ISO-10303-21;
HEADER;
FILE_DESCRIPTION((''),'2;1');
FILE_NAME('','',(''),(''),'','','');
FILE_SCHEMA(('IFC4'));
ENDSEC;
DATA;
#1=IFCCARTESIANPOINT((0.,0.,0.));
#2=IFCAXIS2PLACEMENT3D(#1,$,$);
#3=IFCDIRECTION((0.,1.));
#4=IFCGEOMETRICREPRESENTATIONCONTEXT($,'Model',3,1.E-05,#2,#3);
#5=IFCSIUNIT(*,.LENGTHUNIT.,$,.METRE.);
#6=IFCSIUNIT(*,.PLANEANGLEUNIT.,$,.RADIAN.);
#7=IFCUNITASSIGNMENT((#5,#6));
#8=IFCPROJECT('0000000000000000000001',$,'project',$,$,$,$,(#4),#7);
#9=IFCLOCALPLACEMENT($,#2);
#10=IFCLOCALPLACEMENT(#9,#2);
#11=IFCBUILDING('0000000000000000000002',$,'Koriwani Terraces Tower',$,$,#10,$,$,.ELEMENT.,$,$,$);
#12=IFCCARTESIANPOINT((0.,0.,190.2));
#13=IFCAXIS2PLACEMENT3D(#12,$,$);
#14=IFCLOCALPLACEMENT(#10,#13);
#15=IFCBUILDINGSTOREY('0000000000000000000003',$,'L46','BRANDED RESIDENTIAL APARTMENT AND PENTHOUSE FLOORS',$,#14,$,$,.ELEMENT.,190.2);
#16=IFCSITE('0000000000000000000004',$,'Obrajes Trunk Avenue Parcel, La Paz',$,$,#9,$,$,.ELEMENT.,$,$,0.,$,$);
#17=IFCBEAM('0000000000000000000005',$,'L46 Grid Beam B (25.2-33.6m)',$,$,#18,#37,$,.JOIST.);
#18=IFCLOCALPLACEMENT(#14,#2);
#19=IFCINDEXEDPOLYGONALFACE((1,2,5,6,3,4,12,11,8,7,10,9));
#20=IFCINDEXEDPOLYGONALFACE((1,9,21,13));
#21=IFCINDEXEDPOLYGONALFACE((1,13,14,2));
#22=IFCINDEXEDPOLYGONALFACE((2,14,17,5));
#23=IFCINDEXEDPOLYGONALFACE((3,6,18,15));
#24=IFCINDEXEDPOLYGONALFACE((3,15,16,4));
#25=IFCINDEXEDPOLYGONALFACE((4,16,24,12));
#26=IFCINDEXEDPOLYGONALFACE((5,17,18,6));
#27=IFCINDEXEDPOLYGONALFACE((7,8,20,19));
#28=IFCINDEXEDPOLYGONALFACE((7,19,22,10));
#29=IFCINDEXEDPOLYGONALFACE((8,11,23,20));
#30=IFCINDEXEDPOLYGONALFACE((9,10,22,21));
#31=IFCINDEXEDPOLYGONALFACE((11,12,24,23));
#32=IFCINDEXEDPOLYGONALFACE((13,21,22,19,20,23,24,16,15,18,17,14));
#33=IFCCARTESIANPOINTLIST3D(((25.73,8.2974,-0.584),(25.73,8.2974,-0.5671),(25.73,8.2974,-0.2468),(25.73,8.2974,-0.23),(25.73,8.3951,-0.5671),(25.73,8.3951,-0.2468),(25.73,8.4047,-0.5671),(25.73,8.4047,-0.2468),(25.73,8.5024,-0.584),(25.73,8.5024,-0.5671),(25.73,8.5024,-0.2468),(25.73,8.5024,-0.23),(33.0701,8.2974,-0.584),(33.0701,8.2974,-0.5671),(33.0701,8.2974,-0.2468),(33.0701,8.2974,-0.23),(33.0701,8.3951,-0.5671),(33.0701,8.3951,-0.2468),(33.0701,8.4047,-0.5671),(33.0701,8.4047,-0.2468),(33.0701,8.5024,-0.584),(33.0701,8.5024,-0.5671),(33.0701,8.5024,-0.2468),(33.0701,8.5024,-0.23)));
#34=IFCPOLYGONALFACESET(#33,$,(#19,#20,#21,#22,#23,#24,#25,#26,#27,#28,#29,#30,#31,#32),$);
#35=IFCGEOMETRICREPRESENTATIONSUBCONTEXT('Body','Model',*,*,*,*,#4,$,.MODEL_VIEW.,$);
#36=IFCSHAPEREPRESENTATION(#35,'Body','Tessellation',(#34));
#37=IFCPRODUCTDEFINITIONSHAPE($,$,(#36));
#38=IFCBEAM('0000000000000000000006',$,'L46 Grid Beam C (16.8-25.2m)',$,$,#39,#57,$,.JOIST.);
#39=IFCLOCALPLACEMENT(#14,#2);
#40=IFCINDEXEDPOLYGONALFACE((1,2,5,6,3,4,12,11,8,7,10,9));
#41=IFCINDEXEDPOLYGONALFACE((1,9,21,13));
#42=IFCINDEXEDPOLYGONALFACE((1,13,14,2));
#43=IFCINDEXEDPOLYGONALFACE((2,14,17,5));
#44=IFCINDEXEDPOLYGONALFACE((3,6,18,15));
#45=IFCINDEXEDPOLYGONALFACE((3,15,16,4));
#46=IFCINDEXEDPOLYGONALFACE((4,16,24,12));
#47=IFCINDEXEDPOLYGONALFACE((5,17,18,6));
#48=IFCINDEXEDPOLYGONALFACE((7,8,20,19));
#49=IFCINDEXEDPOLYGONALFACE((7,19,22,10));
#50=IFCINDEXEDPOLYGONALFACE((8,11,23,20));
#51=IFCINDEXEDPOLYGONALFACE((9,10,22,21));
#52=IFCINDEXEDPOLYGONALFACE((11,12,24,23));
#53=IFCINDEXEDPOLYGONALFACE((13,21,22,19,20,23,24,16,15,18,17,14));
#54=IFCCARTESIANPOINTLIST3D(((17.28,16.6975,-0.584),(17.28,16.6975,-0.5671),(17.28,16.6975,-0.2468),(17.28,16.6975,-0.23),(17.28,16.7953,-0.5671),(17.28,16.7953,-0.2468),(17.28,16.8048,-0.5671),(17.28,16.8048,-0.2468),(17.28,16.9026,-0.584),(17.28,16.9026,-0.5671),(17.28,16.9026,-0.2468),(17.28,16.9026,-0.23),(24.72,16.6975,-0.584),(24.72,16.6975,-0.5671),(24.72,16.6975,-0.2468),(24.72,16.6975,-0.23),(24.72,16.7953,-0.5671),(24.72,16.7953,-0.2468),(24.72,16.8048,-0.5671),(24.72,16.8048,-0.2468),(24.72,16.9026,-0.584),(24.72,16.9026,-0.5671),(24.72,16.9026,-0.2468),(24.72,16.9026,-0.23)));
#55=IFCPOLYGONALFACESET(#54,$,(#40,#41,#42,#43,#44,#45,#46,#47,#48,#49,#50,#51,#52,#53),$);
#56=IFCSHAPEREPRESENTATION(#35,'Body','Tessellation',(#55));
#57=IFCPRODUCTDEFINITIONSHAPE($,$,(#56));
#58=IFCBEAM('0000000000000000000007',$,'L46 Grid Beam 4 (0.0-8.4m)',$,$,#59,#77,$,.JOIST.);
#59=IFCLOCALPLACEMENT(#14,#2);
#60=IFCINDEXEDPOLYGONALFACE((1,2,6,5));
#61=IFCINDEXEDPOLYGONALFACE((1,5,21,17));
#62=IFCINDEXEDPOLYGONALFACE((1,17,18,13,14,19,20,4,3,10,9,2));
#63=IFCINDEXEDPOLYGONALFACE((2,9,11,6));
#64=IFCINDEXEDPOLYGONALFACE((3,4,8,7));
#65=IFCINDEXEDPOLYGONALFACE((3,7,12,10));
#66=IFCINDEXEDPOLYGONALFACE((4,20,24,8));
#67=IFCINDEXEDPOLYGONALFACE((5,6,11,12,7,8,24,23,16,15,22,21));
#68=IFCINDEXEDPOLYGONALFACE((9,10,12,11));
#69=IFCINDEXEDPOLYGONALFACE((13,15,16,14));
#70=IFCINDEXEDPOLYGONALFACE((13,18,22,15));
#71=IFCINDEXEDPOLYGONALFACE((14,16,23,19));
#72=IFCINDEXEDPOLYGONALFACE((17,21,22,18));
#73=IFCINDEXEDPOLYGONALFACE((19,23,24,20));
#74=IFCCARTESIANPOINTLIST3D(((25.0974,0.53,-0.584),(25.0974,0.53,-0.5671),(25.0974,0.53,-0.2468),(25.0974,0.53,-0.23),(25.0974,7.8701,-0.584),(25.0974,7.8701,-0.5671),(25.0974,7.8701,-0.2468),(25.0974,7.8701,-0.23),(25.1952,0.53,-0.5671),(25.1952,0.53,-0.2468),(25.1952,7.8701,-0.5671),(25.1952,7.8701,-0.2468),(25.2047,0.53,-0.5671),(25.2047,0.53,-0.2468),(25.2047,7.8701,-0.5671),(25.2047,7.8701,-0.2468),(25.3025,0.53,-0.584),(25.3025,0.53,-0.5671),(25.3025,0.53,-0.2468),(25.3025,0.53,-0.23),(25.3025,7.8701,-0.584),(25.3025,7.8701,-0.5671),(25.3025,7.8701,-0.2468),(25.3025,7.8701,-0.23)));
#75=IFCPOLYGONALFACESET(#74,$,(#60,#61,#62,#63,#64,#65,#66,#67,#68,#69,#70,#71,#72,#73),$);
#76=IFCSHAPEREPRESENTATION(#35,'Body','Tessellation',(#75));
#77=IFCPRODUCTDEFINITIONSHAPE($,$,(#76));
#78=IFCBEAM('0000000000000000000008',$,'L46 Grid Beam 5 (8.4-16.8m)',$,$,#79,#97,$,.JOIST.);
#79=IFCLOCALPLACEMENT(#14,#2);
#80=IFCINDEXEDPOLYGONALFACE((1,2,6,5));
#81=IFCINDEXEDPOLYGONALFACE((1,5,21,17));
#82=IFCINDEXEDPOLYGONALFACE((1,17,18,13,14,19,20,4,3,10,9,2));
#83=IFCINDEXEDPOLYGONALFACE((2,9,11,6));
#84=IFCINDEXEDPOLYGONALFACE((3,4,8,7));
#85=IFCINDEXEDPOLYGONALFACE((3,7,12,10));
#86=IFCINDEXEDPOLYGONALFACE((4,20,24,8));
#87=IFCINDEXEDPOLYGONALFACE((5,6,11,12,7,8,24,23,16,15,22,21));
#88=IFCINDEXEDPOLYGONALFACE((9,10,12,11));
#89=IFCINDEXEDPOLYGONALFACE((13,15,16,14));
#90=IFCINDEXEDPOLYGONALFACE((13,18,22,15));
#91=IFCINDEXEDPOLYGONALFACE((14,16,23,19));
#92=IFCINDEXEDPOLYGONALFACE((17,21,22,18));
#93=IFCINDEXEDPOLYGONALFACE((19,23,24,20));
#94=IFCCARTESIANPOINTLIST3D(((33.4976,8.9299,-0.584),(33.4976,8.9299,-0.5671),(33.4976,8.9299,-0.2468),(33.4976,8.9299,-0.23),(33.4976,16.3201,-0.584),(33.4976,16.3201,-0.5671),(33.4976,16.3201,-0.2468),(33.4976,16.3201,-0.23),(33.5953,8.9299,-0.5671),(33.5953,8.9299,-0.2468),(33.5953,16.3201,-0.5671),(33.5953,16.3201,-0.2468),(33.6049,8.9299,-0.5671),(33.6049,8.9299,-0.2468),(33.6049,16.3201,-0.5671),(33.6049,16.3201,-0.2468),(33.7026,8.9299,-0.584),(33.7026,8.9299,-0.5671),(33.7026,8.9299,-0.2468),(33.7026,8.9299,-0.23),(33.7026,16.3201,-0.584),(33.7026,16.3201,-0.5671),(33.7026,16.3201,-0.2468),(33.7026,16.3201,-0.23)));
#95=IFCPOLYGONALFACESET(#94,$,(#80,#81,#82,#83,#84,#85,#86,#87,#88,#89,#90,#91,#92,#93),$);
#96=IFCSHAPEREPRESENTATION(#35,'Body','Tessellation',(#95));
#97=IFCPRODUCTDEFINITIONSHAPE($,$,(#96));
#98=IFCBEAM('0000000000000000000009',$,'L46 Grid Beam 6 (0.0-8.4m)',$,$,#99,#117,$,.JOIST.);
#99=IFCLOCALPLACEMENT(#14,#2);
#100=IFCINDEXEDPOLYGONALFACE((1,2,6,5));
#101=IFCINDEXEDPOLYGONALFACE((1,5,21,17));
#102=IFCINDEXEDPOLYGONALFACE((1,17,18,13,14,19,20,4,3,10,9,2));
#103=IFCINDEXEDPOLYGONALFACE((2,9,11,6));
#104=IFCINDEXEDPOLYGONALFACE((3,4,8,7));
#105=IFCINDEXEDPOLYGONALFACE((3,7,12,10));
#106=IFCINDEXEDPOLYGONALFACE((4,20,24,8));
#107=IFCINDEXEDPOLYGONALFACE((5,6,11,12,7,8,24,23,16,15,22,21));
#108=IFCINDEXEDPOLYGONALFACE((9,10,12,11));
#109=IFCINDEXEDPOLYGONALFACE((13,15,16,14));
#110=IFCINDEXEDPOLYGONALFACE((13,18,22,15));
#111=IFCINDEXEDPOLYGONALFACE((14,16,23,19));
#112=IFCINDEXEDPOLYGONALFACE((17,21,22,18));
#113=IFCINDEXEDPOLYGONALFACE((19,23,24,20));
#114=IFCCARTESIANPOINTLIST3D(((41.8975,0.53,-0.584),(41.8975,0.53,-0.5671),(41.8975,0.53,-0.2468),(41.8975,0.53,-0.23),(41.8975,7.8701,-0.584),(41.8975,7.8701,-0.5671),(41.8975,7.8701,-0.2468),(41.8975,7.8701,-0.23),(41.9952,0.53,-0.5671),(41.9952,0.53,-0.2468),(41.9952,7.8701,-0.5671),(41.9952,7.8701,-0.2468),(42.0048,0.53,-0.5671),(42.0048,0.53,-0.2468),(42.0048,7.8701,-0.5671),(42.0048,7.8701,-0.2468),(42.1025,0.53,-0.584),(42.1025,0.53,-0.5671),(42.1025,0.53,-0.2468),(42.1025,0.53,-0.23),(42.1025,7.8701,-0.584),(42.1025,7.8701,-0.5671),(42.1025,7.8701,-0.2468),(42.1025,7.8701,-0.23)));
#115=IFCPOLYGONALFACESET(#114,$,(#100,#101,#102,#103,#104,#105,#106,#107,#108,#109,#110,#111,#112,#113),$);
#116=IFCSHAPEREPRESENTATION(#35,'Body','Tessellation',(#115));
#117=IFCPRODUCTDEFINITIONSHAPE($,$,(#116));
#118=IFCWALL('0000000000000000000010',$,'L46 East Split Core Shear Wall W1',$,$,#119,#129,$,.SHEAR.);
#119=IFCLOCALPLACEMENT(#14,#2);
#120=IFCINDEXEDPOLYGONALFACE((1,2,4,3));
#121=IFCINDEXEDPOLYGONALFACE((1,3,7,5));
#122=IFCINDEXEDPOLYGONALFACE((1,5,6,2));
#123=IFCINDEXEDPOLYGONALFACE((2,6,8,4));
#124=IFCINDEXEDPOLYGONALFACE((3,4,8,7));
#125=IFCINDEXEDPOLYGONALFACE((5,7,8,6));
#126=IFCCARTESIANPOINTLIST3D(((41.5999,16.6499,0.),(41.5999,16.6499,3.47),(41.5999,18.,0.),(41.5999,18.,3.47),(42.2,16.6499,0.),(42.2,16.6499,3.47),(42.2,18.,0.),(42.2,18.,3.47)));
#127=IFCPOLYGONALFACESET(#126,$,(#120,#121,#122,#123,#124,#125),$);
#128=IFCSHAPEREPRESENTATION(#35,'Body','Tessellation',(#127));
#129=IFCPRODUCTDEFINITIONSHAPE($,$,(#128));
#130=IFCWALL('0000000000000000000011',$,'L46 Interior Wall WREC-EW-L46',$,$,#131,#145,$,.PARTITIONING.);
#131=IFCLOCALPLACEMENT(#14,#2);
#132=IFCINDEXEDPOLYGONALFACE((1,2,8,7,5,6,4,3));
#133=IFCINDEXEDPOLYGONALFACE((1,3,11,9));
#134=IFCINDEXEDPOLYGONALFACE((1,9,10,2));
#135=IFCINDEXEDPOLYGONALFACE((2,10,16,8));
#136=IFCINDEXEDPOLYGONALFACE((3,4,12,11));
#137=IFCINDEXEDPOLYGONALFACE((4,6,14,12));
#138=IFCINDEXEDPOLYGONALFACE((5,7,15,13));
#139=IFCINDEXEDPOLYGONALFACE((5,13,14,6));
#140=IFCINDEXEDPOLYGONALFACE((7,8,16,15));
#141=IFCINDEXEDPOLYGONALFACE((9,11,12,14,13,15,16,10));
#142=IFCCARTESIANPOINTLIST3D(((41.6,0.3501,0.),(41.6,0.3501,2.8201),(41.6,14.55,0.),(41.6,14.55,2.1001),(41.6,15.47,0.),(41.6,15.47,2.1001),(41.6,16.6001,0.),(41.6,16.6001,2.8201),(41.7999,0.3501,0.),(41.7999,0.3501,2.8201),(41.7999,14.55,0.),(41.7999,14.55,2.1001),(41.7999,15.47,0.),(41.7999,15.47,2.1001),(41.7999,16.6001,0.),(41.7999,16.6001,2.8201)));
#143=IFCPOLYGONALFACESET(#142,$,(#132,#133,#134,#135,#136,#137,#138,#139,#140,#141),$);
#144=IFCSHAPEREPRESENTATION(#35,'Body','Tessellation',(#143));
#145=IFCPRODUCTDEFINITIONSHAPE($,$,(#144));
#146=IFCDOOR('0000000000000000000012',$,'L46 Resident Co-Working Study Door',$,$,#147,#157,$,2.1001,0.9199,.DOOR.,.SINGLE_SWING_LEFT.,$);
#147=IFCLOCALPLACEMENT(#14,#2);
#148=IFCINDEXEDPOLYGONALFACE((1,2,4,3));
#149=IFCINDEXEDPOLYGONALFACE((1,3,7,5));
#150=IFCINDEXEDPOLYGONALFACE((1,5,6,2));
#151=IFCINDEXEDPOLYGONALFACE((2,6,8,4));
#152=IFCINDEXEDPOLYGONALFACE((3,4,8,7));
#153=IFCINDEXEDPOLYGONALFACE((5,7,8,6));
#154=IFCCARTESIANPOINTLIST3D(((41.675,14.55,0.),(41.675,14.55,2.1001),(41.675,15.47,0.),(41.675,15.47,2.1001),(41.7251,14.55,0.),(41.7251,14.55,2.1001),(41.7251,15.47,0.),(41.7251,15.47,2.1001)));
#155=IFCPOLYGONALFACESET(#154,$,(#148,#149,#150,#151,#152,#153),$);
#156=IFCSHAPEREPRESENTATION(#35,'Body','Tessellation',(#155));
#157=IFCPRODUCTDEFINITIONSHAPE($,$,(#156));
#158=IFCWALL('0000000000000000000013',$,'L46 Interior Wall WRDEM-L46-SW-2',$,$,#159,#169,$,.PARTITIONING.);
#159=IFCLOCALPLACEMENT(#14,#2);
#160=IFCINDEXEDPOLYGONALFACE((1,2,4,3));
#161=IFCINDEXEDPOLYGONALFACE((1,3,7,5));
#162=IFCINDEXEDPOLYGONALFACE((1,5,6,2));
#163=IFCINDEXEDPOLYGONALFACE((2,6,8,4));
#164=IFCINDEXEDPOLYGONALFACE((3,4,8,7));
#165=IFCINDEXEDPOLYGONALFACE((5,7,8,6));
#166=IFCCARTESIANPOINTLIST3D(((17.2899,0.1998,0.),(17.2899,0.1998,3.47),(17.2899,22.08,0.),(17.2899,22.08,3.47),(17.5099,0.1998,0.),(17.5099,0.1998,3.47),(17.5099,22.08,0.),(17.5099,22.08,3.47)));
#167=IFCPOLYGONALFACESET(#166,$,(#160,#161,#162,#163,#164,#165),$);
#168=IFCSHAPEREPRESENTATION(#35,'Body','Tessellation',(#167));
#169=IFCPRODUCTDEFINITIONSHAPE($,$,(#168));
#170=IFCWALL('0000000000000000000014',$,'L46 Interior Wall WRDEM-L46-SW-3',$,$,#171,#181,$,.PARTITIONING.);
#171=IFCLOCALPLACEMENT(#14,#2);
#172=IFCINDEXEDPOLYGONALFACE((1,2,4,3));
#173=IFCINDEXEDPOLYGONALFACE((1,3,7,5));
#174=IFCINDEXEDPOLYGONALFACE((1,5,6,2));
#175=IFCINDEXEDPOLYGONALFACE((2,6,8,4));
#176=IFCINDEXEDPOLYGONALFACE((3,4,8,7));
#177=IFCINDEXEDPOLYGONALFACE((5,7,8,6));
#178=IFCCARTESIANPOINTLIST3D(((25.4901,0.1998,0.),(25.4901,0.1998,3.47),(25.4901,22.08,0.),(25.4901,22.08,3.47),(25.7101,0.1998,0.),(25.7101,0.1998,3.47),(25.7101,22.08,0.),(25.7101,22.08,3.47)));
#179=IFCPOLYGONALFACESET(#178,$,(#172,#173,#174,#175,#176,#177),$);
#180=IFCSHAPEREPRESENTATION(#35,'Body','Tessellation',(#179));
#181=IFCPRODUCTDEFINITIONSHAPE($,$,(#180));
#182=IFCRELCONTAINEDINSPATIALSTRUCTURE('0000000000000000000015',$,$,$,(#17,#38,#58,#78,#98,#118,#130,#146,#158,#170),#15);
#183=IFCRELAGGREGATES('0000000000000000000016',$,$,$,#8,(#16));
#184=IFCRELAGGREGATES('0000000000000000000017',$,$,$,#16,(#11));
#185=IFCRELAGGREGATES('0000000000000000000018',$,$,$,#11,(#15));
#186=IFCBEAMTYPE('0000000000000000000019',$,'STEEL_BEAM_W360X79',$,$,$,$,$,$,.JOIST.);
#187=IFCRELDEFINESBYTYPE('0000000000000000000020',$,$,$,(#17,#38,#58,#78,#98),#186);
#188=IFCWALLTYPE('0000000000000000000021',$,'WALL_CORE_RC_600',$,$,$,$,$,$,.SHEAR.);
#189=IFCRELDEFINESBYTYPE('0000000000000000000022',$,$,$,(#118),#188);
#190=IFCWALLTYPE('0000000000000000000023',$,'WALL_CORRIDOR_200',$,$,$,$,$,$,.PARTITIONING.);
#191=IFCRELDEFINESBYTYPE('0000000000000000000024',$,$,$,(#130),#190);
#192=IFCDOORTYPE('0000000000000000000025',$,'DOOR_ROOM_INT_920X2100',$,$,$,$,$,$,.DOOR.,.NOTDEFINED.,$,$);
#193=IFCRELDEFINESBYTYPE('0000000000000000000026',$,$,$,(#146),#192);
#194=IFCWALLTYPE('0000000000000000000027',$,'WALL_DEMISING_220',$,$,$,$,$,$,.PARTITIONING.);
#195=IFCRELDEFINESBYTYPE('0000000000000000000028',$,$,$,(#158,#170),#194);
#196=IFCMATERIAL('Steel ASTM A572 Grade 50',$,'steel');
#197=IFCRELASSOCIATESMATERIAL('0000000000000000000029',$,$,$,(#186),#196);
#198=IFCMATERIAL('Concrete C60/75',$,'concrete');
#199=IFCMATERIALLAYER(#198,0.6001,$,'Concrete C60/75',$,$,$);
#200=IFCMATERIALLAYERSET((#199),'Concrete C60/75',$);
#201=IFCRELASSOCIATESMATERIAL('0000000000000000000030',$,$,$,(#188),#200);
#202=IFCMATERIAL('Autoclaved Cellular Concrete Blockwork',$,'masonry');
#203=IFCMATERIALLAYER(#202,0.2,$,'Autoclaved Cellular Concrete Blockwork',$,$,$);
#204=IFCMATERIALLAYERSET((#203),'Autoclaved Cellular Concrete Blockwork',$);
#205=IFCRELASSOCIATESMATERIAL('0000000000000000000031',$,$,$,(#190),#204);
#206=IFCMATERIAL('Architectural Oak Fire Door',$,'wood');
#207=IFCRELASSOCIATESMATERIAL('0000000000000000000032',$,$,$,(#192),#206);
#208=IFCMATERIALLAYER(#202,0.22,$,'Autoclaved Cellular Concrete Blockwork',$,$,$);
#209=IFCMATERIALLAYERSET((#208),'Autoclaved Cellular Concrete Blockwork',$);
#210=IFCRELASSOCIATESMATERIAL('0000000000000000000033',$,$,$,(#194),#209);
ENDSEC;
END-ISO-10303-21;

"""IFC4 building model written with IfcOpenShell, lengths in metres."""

from ifc_helpers import new_model, si_unit, direction, frame, frame_2d, origin, origin_2d, place, context, subcontext, project, spatial, rectangle, i_section, extrude, material, layer, layer_set, material_profile, profile_set, type_object, element, fill, save


model = new_model("IFC4")

# Units and contexts
model_context = context("Model", 3, precision=1e-05, world=origin(), true_north=direction((0.0, 1.0)))
body_context = subcontext(model_context, "Body", "Model", "MODEL_VIEW")
ifc_project = project(units=[si_unit("LENGTHUNIT", "METRE"), si_unit("PLANEANGLEUNIT", "RADIAN")], contexts=[model_context])

# Site, building, storey
site_placement = place(None, origin())
site = spatial("IfcSite", under=ifc_project, at=site_placement, Name="Obrajes Trunk Avenue Parcel, La Paz", CompositionType="ELEMENT", RefElevation=0.0)
building_placement = place(site_placement, origin())
building = spatial("IfcBuilding", under=site, at=building_placement, Name="Koriwani Terraces Tower", CompositionType="ELEMENT")
storey_placement = place(building_placement, frame((0.0, 0.0, 190.2)))
storey = spatial("IfcBuildingStorey", under=building, at=storey_placement, Name="L46", Description="BRANDED RESIDENTIAL APARTMENT AND PENTHOUSE FLOORS", CompositionType="ELEMENT", Elevation=190.2)

# Beams
ifc_material_1 = material(Name="Steel ASTM A572 Grade 50", Category="steel")
ifc_material_profile_1 = material_profile(ifc_material_1, i_section(OverallWidth=0.2051, OverallDepth=0.354, WebThickness=0.0095, FlangeThickness=0.0168, at=origin_2d()), Name="Steel ASTM A572 Grade 50", Category="LoadBearing")
ifc_profile_set_1 = profile_set([ifc_material_profile_1], Name="Steel ASTM A572 Grade 50")
beam_type_1 = type_object("IfcBeamType", Name="STEEL_BEAM_W360X79", PredefinedType="JOIST", material=ifc_profile_set_1)
beam_1_placement = place(storey_placement, frame((25.73, 8.3999, -0.407), z_axis=(1.0, 0.0, 0.0), x_axis=(0.0, 1.0, 0.0)))
element("IfcBeam", 1, at=beam_1_placement, inside=storey, type_object=beam_type_1, Name="L46 Grid Beam B (25.2-33.6m)", PredefinedType="JOIST", context=body_context, shape_type="SweptSolid", body=[
    extrude(i_section(OverallWidth=0.2051, OverallDepth=0.354, WebThickness=0.0095, FlangeThickness=0.0168, at=origin_2d()), origin(), (0.0, 0.0, 1.0), 7.3401),
])
beam_2_placement = place(storey_placement, frame((17.28, 16.8, -0.407), z_axis=(1.0, 0.0, 0.0), x_axis=(0.0, 1.0, 0.0)))
element("IfcBeam", 2, at=beam_2_placement, inside=storey, type_object=beam_type_1, Name="L46 Grid Beam C (16.8-25.2m)", PredefinedType="JOIST", context=body_context, shape_type="SweptSolid", body=[
    extrude(i_section(OverallWidth=0.2051, OverallDepth=0.354, WebThickness=0.0095, FlangeThickness=0.0168, at=origin_2d()), origin(), (0.0, 0.0, 1.0), 7.4399),
])
beam_3_placement = place(storey_placement, frame((25.2, 0.53, -0.407), z_axis=(0.0, 1.0, 0.0), x_axis=(-1.0, 0.0, 0.0)))
element("IfcBeam", 3, at=beam_3_placement, inside=storey, type_object=beam_type_1, Name="L46 Grid Beam 4 (0.0-8.4m)", PredefinedType="JOIST", context=body_context, shape_type="SweptSolid", body=[
    extrude(i_section(OverallWidth=0.2051, OverallDepth=0.354, WebThickness=0.0095, FlangeThickness=0.0168, at=origin_2d()), origin(), (0.0, 0.0, 1.0), 7.3401),
])
beam_4_placement = place(storey_placement, frame((33.6001, 8.9299, -0.407), z_axis=(0.0, 1.0, 0.0), x_axis=(-1.0, 0.0, 0.0)))
element("IfcBeam", 4, at=beam_4_placement, inside=storey, type_object=beam_type_1, Name="L46 Grid Beam 5 (8.4-16.8m)", PredefinedType="JOIST", context=body_context, shape_type="SweptSolid", body=[
    extrude(i_section(OverallWidth=0.2051, OverallDepth=0.354, WebThickness=0.0095, FlangeThickness=0.0168, at=origin_2d()), origin(), (0.0, 0.0, 1.0), 7.3901),
])
beam_5_placement = place(storey_placement, frame((42.0, 0.53, -0.407), z_axis=(0.0, 1.0, 0.0), x_axis=(-1.0, 0.0, 0.0)))
element("IfcBeam", 5, at=beam_5_placement, inside=storey, type_object=beam_type_1, Name="L46 Grid Beam 6 (0.0-8.4m)", PredefinedType="JOIST", context=body_context, shape_type="SweptSolid", body=[
    extrude(i_section(OverallWidth=0.2051, OverallDepth=0.354, WebThickness=0.0095, FlangeThickness=0.0168, at=origin_2d()), origin(), (0.0, 0.0, 1.0), 7.3401),
])

# Wall
ifc_material_2 = material(Name="Concrete C60/75", Category="concrete")
ifc_layer_1 = layer(ifc_material_2, 0.6001, Name="Concrete C60/75")
ifc_layer_set_1 = layer_set([ifc_layer_1], Name="Concrete C60/75")
wall_type_1 = type_object("IfcWallType", Name="WALL_CORE_RC_600", PredefinedType="SHEAR", material=ifc_layer_set_1)
wall_1_placement = place(storey_placement, frame((41.8999, 16.6499, 0.0), z_axis=(0.0, 0.0, 1.0), x_axis=(0.0, 1.0, 0.0)))
element("IfcWall", 6, at=wall_1_placement, inside=storey, type_object=wall_type_1, Name="L46 East Split Core Shear Wall W1", PredefinedType="SHEAR", context=body_context, shape_type="SweptSolid", body=[
    extrude(rectangle(XDim=1.3501, YDim=0.6001, at=frame_2d((0.675, 0.0))), origin(), (0.0, 0.0, 1.0), 3.47),
])

# Wall, opening, door
ifc_material_3 = material(Name="Autoclaved Cellular Concrete Blockwork", Category="masonry")
ifc_layer_2 = layer(ifc_material_3, 0.2, Name="Autoclaved Cellular Concrete Blockwork")
ifc_layer_set_2 = layer_set([ifc_layer_2], Name="Autoclaved Cellular Concrete Blockwork")
wall_type_2 = type_object("IfcWallType", Name="WALL_CORRIDOR_200", PredefinedType="PARTITIONING", material=ifc_layer_set_2)
wall_2_placement = place(storey_placement, frame((41.7, 0.3501, 0.0), z_axis=(0.0, 0.0, 1.0), x_axis=(0.0, 1.0, 0.0)))
wall_2 = element("IfcWall", 7, at=wall_2_placement, inside=storey, type_object=wall_type_2, Name="L46 Interior Wall WREC-EW-L46", PredefinedType="PARTITIONING", context=body_context, shape_type="SweptSolid", body=[
    extrude(rectangle(XDim=16.25, YDim=0.2, at=frame_2d((8.125, 0.0))), origin(), (0.0, 0.0, 1.0), 2.8201),
])
opening_placement = place(wall_2_placement, frame((14.2, 0.0, 0.0)))
opening = element("IfcOpeningElement", 8, at=opening_placement, cuts=wall_2, PredefinedType="OPENING", context=body_context, shape_type="SweptSolid", body=[
    extrude(rectangle(XDim=0.9199, YDim=2.1001, at=frame_2d((0.46, 1.05))), frame((0.0, 0.1099, 0.0), z_axis=(0.0, -1.0, 0.0), x_axis=(1.0, 0.0, 0.0)), (0.0, 0.0, 1.0), 0.22),
])
ifc_material_4 = material(Name="Architectural Oak Fire Door", Category="wood")
door_type = type_object("IfcDoorType", Name="DOOR_ROOM_INT_920X2100", OperationType="NOTDEFINED", PredefinedType="DOOR", material=ifc_material_4)
door_placement = place(opening_placement, origin())
door = element("IfcDoor", 9, at=door_placement, inside=storey, type_object=door_type, Name="L46 Resident Co-Working Study Door", OperationType="SINGLE_SWING_LEFT", OverallHeight=2.1001, OverallWidth=0.9199, PredefinedType="DOOR", context=body_context, shape_type="SweptSolid", body=[
    extrude(rectangle(XDim=0.9199, YDim=2.1001, at=frame_2d((0.46, 1.05))), frame((0.0, 0.0249, 0.0), z_axis=(0.0, -1.0, 0.0), x_axis=(1.0, 0.0, 0.0)), (0.0, 0.0, 1.0), 0.05),
])
fill(opening, door)

# Walls
ifc_layer_3 = layer(ifc_material_3, 0.22, Name="Autoclaved Cellular Concrete Blockwork")
ifc_layer_set_3 = layer_set([ifc_layer_3], Name="Autoclaved Cellular Concrete Blockwork")
wall_type_3 = type_object("IfcWallType", Name="WALL_DEMISING_220", PredefinedType="PARTITIONING", material=ifc_layer_set_3)
for number, where, z_axis, x_axis, name in (
    (10, (17.3999, 0.2, 0.0), (0.0, 0.0, 1.0), (0.0, 1.0, 0.0), "L46 Interior Wall WRDEM-L46-SW-2"),
    (11, (25.6001, 0.2, 0.0), (0.0, 0.0, 1.0), (0.0, 1.0, 0.0), "L46 Interior Wall WRDEM-L46-SW-3"),
):
    element("IfcWall", number, at=place(storey_placement, frame(where, z_axis=z_axis, x_axis=x_axis)), inside=storey, type_object=wall_type_3, Name=name, PredefinedType="PARTITIONING", context=body_context, shape_type="SweptSolid", body=[
        extrude(rectangle(XDim=21.8801, YDim=0.22, at=frame_2d((10.9399, 0.0))), origin(), (0.0, 0.0, 1.0), 3.47),
    ])

save(model, "model.ifc")
